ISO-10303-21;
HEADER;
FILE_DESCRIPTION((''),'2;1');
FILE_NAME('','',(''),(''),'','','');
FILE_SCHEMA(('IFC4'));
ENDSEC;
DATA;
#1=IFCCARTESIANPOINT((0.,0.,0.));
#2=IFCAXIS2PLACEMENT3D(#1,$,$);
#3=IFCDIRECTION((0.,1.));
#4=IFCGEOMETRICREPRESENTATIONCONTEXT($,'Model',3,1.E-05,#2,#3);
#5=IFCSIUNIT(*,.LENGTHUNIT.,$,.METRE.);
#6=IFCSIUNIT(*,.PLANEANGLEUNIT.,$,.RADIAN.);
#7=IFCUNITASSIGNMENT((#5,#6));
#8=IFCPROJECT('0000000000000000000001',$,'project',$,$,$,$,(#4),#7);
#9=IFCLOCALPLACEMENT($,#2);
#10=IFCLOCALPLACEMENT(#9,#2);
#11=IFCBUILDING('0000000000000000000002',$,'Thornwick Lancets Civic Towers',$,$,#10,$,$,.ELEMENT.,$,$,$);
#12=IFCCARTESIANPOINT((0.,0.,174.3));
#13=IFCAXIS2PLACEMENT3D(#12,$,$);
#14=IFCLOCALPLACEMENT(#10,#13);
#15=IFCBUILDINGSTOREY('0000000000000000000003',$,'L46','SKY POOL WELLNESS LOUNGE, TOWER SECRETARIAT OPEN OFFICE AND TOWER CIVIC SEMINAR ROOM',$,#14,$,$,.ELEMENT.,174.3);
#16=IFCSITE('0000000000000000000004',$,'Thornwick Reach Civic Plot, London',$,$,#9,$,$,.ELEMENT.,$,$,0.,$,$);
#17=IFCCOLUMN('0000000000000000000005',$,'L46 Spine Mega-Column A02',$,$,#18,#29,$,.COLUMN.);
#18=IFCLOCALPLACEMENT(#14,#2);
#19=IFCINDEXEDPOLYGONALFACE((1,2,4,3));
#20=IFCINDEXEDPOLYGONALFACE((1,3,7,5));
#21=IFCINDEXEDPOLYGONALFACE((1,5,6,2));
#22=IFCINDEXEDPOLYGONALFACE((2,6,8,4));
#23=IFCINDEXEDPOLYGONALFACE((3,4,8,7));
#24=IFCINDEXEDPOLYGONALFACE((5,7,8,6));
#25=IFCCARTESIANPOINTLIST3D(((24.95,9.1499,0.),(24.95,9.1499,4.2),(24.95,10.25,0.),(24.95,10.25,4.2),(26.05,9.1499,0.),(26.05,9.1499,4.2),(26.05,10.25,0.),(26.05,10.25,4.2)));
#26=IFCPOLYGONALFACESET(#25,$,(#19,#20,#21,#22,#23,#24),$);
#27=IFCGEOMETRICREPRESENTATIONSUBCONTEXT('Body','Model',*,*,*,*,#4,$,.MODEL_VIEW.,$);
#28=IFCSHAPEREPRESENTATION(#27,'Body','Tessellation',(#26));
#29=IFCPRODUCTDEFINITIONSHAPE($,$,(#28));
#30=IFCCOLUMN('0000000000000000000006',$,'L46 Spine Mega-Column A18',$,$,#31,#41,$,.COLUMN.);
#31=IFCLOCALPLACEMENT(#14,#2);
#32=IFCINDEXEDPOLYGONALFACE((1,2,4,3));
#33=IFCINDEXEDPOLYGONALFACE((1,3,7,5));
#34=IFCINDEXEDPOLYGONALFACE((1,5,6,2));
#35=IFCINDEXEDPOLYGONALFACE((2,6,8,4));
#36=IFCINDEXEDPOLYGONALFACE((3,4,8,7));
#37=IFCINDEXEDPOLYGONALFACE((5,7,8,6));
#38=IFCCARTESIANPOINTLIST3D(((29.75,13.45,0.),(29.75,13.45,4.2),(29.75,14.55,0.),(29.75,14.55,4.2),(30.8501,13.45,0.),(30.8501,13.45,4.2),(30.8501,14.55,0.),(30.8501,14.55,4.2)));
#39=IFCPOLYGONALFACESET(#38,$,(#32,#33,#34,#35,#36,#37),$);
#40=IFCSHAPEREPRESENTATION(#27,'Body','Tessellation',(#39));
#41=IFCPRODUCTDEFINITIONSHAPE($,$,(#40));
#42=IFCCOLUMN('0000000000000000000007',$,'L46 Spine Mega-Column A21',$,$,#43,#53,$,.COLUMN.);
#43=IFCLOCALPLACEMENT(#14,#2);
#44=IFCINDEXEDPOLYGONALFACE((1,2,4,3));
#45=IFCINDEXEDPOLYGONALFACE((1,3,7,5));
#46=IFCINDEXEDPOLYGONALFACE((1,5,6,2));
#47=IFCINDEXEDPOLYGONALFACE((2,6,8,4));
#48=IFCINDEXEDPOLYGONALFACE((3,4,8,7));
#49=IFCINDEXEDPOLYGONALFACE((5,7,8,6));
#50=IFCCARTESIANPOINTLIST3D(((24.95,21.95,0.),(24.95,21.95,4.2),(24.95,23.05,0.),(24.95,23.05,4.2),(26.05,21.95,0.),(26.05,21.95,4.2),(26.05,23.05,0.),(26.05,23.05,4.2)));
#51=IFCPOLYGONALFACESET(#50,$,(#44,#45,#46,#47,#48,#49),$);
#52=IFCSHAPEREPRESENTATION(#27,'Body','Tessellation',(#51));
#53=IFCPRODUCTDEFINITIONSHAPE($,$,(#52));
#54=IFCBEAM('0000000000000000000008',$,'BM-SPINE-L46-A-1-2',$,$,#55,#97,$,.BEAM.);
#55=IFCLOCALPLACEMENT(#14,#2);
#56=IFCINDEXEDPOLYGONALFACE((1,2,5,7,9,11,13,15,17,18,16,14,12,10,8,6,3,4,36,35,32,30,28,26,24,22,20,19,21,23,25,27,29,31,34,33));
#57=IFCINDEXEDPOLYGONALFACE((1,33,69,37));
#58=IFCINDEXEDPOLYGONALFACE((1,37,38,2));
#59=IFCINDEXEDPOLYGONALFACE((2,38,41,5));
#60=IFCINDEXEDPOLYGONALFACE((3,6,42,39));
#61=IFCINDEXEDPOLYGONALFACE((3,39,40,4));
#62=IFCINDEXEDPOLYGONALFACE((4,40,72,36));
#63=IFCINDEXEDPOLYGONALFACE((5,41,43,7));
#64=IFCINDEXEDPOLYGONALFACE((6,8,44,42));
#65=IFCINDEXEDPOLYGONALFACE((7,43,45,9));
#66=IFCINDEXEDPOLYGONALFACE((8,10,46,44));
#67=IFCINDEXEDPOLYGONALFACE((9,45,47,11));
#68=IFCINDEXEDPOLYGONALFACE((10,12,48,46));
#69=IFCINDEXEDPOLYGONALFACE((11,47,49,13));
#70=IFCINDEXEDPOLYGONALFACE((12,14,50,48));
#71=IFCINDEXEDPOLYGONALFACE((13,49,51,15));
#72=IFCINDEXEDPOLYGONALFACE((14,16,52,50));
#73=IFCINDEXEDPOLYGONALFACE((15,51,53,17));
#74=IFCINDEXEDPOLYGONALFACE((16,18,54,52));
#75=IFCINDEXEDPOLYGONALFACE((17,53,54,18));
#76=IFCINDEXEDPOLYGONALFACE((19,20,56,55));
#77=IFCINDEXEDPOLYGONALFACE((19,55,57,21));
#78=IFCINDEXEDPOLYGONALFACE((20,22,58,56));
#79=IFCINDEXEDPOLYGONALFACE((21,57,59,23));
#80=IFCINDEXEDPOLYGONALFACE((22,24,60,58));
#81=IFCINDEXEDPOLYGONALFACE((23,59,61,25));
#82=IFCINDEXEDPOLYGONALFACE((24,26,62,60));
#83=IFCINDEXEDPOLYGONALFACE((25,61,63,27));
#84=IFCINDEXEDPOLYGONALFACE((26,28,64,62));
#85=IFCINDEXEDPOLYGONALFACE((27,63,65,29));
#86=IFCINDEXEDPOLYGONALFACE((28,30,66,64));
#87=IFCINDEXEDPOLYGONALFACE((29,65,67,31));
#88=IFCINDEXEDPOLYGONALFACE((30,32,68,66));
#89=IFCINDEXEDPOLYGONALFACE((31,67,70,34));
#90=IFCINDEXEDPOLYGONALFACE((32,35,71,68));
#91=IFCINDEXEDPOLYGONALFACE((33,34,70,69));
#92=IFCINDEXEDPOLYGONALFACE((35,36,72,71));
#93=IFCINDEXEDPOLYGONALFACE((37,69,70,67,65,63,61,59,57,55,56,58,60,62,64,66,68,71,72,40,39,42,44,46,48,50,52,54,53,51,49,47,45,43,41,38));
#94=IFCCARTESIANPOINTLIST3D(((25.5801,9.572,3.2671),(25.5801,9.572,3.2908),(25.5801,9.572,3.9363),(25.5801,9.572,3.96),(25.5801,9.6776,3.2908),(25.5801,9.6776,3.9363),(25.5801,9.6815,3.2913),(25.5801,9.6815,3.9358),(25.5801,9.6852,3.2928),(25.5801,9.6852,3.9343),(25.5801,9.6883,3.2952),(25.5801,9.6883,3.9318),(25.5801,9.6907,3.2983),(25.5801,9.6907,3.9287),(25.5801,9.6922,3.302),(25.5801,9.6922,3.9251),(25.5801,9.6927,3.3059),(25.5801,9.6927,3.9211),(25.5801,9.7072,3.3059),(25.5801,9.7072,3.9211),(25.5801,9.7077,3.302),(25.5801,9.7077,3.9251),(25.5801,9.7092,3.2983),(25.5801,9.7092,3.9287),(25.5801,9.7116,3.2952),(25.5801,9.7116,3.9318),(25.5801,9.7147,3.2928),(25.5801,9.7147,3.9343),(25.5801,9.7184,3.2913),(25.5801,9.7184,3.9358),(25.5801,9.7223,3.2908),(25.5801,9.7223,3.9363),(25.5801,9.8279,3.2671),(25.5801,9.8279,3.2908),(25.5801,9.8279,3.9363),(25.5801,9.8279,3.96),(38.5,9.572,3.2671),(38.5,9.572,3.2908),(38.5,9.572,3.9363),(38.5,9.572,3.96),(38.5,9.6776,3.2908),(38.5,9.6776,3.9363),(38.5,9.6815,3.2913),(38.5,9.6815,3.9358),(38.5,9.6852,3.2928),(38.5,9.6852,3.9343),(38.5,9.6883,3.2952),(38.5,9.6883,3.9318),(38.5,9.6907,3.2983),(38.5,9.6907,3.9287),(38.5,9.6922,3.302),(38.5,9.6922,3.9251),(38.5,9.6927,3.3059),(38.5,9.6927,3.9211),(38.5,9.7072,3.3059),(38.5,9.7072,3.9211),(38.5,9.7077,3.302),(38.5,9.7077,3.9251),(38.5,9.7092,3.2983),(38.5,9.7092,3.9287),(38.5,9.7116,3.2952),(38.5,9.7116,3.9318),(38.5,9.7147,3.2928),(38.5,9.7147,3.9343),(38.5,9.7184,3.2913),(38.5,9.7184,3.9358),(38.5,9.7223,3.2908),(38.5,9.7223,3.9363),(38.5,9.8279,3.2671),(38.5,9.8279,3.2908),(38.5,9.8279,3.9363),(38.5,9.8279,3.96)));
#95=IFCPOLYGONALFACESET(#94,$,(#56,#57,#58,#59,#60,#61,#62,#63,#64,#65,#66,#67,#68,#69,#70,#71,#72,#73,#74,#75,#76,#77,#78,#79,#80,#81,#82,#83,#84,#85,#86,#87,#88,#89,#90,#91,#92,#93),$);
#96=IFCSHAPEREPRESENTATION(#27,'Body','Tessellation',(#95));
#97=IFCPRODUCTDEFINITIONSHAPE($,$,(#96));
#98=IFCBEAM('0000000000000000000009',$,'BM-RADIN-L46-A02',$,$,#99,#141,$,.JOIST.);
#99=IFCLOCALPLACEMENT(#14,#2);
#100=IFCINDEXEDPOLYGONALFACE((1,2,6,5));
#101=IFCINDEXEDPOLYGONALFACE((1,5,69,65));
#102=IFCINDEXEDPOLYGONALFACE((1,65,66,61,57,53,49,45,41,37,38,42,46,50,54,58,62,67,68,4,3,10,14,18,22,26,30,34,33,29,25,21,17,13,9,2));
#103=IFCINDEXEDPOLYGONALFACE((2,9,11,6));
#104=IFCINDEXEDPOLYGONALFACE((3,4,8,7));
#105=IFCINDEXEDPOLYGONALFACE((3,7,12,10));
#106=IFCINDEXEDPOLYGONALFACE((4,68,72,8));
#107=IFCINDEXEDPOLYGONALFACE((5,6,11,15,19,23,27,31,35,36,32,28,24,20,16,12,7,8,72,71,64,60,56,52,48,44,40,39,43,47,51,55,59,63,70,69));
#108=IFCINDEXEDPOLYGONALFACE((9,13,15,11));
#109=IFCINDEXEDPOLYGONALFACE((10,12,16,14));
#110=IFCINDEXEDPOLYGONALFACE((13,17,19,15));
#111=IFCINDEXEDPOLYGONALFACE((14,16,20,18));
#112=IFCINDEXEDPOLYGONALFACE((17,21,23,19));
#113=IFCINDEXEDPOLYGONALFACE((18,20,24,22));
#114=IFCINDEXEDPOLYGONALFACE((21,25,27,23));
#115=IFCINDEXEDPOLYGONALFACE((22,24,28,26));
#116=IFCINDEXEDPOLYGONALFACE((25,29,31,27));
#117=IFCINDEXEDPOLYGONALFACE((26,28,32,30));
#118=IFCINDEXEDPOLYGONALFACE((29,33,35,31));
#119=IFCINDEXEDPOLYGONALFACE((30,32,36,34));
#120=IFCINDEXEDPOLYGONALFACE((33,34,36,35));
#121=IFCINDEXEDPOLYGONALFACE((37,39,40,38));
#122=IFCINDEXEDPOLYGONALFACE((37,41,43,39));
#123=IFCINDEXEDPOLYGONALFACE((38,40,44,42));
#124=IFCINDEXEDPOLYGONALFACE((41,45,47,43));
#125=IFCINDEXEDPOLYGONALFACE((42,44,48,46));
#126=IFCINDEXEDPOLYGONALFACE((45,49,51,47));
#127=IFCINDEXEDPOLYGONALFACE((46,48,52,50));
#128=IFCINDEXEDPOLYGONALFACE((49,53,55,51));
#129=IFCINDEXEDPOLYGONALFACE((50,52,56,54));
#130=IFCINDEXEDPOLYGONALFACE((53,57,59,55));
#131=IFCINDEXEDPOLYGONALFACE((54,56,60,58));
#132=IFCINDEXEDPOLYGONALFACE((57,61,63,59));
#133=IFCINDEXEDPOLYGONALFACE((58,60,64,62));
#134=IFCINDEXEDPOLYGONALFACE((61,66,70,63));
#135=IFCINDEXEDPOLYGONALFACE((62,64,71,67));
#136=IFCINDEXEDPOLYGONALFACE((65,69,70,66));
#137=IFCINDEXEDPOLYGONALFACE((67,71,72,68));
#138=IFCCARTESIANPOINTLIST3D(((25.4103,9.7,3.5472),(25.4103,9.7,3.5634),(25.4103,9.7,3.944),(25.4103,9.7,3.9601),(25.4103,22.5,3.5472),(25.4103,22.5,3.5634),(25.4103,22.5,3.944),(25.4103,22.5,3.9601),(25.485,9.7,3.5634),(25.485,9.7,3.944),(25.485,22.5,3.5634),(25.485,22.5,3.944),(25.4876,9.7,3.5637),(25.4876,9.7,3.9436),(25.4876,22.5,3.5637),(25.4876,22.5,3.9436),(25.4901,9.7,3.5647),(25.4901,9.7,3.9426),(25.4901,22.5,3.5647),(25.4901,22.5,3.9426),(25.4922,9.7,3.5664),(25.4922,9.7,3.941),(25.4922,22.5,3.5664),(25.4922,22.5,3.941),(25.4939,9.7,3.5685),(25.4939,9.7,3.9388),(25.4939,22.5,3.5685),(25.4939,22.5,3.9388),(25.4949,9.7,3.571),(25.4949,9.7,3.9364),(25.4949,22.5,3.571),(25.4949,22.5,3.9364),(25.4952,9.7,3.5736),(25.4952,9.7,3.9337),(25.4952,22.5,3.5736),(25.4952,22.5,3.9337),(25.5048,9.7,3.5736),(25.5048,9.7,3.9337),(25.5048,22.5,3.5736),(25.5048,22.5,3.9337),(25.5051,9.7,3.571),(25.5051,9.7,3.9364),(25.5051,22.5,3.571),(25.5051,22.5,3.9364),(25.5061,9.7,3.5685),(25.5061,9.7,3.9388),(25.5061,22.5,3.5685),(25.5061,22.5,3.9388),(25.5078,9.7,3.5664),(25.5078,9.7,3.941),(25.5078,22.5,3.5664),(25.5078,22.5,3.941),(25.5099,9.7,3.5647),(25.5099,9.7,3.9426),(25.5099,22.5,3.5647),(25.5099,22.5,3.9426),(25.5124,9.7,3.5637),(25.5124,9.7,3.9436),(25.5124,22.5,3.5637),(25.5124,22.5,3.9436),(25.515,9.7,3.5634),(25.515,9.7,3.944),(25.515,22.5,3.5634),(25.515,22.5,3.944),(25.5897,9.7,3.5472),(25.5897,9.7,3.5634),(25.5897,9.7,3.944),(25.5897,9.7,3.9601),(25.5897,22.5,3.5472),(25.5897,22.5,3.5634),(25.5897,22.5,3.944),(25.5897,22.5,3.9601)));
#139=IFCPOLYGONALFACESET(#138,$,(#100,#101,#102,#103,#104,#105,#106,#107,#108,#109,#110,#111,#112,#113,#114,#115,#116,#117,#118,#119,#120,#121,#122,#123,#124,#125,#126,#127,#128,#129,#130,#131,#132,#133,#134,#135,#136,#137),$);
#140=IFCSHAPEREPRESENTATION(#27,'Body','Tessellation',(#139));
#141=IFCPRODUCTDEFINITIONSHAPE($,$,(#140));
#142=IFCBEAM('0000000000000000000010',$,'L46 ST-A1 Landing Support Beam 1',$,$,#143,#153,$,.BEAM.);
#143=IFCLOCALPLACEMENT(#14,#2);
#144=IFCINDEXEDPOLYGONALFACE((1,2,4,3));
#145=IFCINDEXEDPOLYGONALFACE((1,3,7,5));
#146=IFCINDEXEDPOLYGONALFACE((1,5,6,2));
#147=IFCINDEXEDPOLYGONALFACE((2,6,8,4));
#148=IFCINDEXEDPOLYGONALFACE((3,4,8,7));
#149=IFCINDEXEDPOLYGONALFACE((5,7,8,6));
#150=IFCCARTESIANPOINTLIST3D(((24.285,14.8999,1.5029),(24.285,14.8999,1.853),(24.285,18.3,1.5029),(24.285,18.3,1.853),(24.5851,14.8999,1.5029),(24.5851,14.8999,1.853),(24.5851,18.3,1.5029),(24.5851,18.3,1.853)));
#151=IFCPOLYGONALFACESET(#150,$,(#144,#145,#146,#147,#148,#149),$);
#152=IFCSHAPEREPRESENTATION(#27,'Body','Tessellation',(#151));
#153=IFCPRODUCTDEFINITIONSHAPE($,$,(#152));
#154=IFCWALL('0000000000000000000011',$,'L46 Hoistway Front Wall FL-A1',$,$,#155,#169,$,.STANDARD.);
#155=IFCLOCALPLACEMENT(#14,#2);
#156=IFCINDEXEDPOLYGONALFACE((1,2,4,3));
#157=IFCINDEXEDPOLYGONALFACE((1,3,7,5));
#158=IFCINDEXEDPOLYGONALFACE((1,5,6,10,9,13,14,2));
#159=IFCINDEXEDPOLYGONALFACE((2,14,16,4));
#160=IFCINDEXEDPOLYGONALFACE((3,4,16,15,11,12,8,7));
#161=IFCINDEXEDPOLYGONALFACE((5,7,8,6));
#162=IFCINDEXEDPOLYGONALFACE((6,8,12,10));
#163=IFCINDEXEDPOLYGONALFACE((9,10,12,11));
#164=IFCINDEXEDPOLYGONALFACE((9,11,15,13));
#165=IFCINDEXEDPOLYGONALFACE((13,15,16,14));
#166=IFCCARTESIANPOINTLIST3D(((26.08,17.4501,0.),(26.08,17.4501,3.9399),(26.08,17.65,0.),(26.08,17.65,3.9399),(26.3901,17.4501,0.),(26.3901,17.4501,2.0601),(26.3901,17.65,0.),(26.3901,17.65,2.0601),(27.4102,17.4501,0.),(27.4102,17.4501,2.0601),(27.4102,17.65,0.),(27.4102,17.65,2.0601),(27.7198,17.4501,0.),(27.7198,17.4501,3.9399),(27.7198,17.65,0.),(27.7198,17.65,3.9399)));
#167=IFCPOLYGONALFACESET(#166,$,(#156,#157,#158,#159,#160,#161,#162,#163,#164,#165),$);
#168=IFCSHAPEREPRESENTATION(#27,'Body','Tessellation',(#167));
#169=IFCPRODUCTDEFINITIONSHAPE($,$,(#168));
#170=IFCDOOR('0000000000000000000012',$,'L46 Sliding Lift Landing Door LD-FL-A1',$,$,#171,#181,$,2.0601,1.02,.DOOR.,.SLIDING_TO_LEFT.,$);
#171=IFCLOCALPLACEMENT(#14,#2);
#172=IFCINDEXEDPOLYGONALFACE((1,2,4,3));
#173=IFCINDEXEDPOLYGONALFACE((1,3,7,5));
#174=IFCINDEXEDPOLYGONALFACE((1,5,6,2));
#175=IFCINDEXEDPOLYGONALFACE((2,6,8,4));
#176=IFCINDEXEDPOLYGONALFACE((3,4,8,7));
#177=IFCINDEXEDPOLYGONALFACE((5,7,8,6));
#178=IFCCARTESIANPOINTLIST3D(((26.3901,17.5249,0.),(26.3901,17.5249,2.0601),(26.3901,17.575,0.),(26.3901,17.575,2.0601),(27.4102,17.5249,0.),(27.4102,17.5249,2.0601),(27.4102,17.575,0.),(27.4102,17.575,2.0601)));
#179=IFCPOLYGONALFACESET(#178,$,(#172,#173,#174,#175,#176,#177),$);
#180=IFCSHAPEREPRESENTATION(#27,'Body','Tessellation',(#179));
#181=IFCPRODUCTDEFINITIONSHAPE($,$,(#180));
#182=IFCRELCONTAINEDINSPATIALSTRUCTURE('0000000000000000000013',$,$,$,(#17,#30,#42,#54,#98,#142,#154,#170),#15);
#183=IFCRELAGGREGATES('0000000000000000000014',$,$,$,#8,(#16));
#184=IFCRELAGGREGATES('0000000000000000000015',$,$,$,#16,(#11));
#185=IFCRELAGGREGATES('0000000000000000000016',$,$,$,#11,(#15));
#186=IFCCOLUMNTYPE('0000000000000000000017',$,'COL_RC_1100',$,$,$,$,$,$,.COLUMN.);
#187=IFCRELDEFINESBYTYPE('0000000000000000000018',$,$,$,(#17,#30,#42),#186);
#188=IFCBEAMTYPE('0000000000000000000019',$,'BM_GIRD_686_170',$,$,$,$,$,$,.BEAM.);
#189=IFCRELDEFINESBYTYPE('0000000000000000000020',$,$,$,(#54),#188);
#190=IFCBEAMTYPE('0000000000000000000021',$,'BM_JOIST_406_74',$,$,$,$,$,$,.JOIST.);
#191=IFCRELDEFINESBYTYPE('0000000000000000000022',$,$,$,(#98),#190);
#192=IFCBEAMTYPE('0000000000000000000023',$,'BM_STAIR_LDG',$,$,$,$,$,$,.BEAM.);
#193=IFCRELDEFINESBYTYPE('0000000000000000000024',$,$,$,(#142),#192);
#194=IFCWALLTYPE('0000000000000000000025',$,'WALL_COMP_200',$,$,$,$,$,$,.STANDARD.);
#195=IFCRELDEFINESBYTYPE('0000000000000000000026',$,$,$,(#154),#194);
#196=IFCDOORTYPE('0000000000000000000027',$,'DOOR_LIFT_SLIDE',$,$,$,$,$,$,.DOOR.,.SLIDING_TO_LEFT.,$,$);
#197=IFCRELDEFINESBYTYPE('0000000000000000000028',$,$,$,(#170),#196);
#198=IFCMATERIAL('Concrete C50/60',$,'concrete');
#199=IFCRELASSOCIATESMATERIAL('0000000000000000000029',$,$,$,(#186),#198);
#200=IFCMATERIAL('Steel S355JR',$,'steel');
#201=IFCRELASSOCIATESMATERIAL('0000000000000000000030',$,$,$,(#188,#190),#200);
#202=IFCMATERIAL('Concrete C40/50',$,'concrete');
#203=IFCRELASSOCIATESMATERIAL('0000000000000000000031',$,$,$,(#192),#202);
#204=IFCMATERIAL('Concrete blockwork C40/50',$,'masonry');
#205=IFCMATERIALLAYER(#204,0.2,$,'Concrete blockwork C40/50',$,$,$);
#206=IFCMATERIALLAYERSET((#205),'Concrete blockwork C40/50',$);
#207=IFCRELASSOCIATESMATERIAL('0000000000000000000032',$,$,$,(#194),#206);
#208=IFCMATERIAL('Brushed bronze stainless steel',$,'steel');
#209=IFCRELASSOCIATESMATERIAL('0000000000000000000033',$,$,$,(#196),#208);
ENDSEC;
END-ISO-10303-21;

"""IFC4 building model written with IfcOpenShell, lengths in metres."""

from ifc_helpers import new_model, si_unit, direction, frame, frame_2d, origin, origin_2d, place, context, subcontext, project, spatial, rectangle, i_section, extrude, material, layer, layer_set, material_profile, profile_set, type_object, element, fill, save


model = new_model("IFC4")

# Units and contexts
model_context = context("Model", 3, precision=1e-05, world=origin(), true_north=direction((0.0, 1.0)))
body_context = subcontext(model_context, "Body", "Model", "MODEL_VIEW")
ifc_project = project(units=[si_unit("LENGTHUNIT", "METRE"), si_unit("PLANEANGLEUNIT", "RADIAN")], contexts=[model_context])

# Site, building, storey
site_placement = place(None, origin())
site = spatial("IfcSite", under=ifc_project, at=site_placement, Name="Thornwick Reach Civic Plot, London", CompositionType="ELEMENT", RefElevation=0.0)
building_placement = place(site_placement, origin())
building = spatial("IfcBuilding", under=site, at=building_placement, Name="Thornwick Lancets Civic Towers", CompositionType="ELEMENT")
storey_placement = place(building_placement, frame((0.0, 0.0, 174.3)))
storey = spatial("IfcBuildingStorey", under=building, at=storey_placement, Name="L46", Description="SKY POOL WELLNESS LOUNGE, TOWER SECRETARIAT OPEN OFFICE AND TOWER CIVIC SEMINAR ROOM", CompositionType="ELEMENT", Elevation=174.3)

# Columns
ifc_material_1 = material(Name="Concrete C50/60", Category="concrete")
ifc_material_profile_1 = material_profile(ifc_material_1, rectangle(XDim=1.1001, YDim=1.1001, at=origin_2d()), Name="RC 1100x1100")
ifc_profile_set_1 = profile_set([ifc_material_profile_1], Name="Concrete C50/60")
column_type = type_object("IfcColumnType", Name="COL_RC_1100", PredefinedType="COLUMN", material=ifc_profile_set_1)
for number, where, z_axis, x_axis, name in (
    (1, (25.5, 9.7, 0.0), (0.0, 0.0, 1.0), (1.0, 0.0, 0.0), "L46 Spine Mega-Column A02"),
    (2, (30.3, 14.0, 0.0), (0.0, 0.0, 1.0), (1.0, 0.0, 0.0), "L46 Spine Mega-Column A18"),
    (3, (25.5, 22.5, 0.0), (0.0, 0.0, 1.0), (1.0, 0.0, 0.0), "L46 Spine Mega-Column A21"),
):
    element("IfcColumn", number, at=place(storey_placement, frame(where, z_axis=z_axis, x_axis=x_axis)), inside=storey, type_object=column_type, Name=name, PredefinedType="COLUMN", context=body_context, shape_type="SweptSolid", body=[
        extrude(rectangle(XDim=1.1001, YDim=1.1001, at=origin_2d()), origin(), (0.0, 0.0, 1.0), 4.2),
    ])

# Beams
ifc_material_2 = material(Name="Steel S355JR", Category="steel")
ifc_material_profile_2 = material_profile(ifc_material_2, i_section(OverallWidth=0.2559, OverallDepth=0.6929, WebThickness=0.0144, FlangeThickness=0.0237, FilletRadius=0.0151, at=origin_2d()), Name="UKB 686x254x170")
ifc_profile_set_2 = profile_set([ifc_material_profile_2], Name="Steel S355JR")
beam_type_1 = type_object("IfcBeamType", Name="BM_GIRD_686_170", PredefinedType="BEAM", material=ifc_profile_set_2)
beam_1_placement = place(storey_placement, frame((25.5801, 9.7, 3.6135), z_axis=(1.0, 0.0, 0.0), x_axis=(0.0, 1.0, 0.0)))
element("IfcBeam", 4, at=beam_1_placement, inside=storey, type_object=beam_type_1, Name="BM-SPINE-L46-A-1-2", PredefinedType="BEAM", context=body_context, shape_type="SweptSolid", body=[
    extrude(i_section(OverallWidth=0.2559, OverallDepth=0.6929, WebThickness=0.0144, FlangeThickness=0.0237, FilletRadius=0.0151, at=origin_2d()), origin(), (0.0, 0.0, 1.0), 12.9199),
])
ifc_material_profile_3 = material_profile(ifc_material_2, i_section(OverallWidth=0.1794, OverallDepth=0.4128, WebThickness=0.0095, FlangeThickness=0.0161, FilletRadius=0.0103, at=origin_2d()), Name="UKB 406x178x74")
ifc_profile_set_3 = profile_set([ifc_material_profile_3], Name="Steel S355JR")
beam_type_2 = type_object("IfcBeamType", Name="BM_JOIST_406_74", PredefinedType="JOIST", material=ifc_profile_set_3)
beam_2_placement = place(storey_placement, frame((25.5, 22.5, 3.7537), z_axis=(0.0, -1.0, 0.0), x_axis=(1.0, 0.0, 0.0)))
element("IfcBeam", 5, at=beam_2_placement, inside=storey, type_object=beam_type_2, Name="BM-RADIN-L46-A02", PredefinedType="JOIST", context=body_context, shape_type="SweptSolid", body=[
    extrude(i_section(OverallWidth=0.1794, OverallDepth=0.4128, WebThickness=0.0095, FlangeThickness=0.0161, FilletRadius=0.0103, at=origin_2d()), origin(), (0.0, 0.0, 1.0), 12.8),
])
ifc_material_3 = material(Name="Concrete C40/50", Category="concrete")
ifc_material_profile_4 = material_profile(ifc_material_3, rectangle(XDim=0.3, YDim=0.3501, at=origin_2d()), Name="RC 300x350")
ifc_profile_set_4 = profile_set([ifc_material_profile_4], Name="Concrete C40/50")
beam_type_3 = type_object("IfcBeamType", Name="BM_STAIR_LDG", PredefinedType="BEAM", material=ifc_profile_set_4)
beam_3_placement = place(storey_placement, frame((24.4351, 14.8999, 1.678), z_axis=(0.0, 1.0, 0.0), x_axis=(-1.0, 0.0, 0.0)))
element("IfcBeam", 6, at=beam_3_placement, inside=storey, type_object=beam_type_3, Name="L46 ST-A1 Landing Support Beam 1", PredefinedType="BEAM", context=body_context, shape_type="SweptSolid", body=[
    extrude(rectangle(XDim=0.3, YDim=0.3501, at=origin_2d()), origin(), (0.0, 0.0, 1.0), 3.4001),
])

# Wall, opening, door
ifc_material_4 = material(Name="Concrete blockwork C40/50", Category="masonry")
ifc_layer_1 = layer(ifc_material_4, 0.2, Name="Concrete blockwork C40/50")
ifc_layer_set_1 = layer_set([ifc_layer_1], Name="Concrete blockwork C40/50")
wall_type_1 = type_object("IfcWallType", Name="WALL_COMP_200", PredefinedType="STANDARD", material=ifc_layer_set_1)
wall_1_placement = place(storey_placement, frame((26.0801, 17.55, 0.0), z_axis=(0.0, 0.0, 1.0), x_axis=(1.0, 0.0, 0.0)))
wall_1 = element("IfcWall", 7, at=wall_1_placement, inside=storey, type_object=wall_type_1, Name="L46 Hoistway Front Wall FL-A1", PredefinedType="STANDARD", context=body_context, shape_type="SweptSolid", body=[
    extrude(rectangle(XDim=1.6399, YDim=0.2, at=frame_2d((0.8198, 0.0))), origin(), (0.0, 0.0, 1.0), 3.9399),
])
opening_1_placement = place(wall_1_placement, frame((0.3101, 0.0, 0.0)))
opening_1 = element("IfcOpeningElement", 8, at=opening_1_placement, cuts=wall_1, PredefinedType="OPENING", context=body_context, shape_type="SweptSolid", body=[
    extrude(rectangle(XDim=1.02, YDim=2.0601, at=frame_2d((0.51, 1.03))), frame((0.0, 0.1099, 0.0), z_axis=(0.0, -1.0, 0.0), x_axis=(1.0, 0.0, 0.0)), (0.0, 0.0, 1.0), 0.22),
])
ifc_material_5 = material(Name="Brushed bronze stainless steel", Category="steel")
door_type_1 = type_object("IfcDoorType", Name="DOOR_LIFT_SLIDE", OperationType="SLIDING_TO_LEFT", PredefinedType="DOOR", material=ifc_material_5)
door_1_placement = place(opening_1_placement, origin())
door_1 = element("IfcDoor", 9, at=door_1_placement, inside=storey, type_object=door_type_1, Name="L46 Sliding Lift Landing Door LD-FL-A1", OperationType="SLIDING_TO_LEFT", OverallHeight=2.0601, OverallWidth=1.02, PredefinedType="DOOR", context=body_context, shape_type="SweptSolid", body=[
    extrude(rectangle(XDim=1.02, YDim=2.0601, at=frame_2d((0.51, 1.03))), frame((0.0, 0.0249, 0.0), z_axis=(0.0, -1.0, 0.0), x_axis=(1.0, 0.0, 0.0)), (0.0, 0.0, 1.0), 0.05),
])
fill(opening_1, door_1)

save(model, "model.ifc")
